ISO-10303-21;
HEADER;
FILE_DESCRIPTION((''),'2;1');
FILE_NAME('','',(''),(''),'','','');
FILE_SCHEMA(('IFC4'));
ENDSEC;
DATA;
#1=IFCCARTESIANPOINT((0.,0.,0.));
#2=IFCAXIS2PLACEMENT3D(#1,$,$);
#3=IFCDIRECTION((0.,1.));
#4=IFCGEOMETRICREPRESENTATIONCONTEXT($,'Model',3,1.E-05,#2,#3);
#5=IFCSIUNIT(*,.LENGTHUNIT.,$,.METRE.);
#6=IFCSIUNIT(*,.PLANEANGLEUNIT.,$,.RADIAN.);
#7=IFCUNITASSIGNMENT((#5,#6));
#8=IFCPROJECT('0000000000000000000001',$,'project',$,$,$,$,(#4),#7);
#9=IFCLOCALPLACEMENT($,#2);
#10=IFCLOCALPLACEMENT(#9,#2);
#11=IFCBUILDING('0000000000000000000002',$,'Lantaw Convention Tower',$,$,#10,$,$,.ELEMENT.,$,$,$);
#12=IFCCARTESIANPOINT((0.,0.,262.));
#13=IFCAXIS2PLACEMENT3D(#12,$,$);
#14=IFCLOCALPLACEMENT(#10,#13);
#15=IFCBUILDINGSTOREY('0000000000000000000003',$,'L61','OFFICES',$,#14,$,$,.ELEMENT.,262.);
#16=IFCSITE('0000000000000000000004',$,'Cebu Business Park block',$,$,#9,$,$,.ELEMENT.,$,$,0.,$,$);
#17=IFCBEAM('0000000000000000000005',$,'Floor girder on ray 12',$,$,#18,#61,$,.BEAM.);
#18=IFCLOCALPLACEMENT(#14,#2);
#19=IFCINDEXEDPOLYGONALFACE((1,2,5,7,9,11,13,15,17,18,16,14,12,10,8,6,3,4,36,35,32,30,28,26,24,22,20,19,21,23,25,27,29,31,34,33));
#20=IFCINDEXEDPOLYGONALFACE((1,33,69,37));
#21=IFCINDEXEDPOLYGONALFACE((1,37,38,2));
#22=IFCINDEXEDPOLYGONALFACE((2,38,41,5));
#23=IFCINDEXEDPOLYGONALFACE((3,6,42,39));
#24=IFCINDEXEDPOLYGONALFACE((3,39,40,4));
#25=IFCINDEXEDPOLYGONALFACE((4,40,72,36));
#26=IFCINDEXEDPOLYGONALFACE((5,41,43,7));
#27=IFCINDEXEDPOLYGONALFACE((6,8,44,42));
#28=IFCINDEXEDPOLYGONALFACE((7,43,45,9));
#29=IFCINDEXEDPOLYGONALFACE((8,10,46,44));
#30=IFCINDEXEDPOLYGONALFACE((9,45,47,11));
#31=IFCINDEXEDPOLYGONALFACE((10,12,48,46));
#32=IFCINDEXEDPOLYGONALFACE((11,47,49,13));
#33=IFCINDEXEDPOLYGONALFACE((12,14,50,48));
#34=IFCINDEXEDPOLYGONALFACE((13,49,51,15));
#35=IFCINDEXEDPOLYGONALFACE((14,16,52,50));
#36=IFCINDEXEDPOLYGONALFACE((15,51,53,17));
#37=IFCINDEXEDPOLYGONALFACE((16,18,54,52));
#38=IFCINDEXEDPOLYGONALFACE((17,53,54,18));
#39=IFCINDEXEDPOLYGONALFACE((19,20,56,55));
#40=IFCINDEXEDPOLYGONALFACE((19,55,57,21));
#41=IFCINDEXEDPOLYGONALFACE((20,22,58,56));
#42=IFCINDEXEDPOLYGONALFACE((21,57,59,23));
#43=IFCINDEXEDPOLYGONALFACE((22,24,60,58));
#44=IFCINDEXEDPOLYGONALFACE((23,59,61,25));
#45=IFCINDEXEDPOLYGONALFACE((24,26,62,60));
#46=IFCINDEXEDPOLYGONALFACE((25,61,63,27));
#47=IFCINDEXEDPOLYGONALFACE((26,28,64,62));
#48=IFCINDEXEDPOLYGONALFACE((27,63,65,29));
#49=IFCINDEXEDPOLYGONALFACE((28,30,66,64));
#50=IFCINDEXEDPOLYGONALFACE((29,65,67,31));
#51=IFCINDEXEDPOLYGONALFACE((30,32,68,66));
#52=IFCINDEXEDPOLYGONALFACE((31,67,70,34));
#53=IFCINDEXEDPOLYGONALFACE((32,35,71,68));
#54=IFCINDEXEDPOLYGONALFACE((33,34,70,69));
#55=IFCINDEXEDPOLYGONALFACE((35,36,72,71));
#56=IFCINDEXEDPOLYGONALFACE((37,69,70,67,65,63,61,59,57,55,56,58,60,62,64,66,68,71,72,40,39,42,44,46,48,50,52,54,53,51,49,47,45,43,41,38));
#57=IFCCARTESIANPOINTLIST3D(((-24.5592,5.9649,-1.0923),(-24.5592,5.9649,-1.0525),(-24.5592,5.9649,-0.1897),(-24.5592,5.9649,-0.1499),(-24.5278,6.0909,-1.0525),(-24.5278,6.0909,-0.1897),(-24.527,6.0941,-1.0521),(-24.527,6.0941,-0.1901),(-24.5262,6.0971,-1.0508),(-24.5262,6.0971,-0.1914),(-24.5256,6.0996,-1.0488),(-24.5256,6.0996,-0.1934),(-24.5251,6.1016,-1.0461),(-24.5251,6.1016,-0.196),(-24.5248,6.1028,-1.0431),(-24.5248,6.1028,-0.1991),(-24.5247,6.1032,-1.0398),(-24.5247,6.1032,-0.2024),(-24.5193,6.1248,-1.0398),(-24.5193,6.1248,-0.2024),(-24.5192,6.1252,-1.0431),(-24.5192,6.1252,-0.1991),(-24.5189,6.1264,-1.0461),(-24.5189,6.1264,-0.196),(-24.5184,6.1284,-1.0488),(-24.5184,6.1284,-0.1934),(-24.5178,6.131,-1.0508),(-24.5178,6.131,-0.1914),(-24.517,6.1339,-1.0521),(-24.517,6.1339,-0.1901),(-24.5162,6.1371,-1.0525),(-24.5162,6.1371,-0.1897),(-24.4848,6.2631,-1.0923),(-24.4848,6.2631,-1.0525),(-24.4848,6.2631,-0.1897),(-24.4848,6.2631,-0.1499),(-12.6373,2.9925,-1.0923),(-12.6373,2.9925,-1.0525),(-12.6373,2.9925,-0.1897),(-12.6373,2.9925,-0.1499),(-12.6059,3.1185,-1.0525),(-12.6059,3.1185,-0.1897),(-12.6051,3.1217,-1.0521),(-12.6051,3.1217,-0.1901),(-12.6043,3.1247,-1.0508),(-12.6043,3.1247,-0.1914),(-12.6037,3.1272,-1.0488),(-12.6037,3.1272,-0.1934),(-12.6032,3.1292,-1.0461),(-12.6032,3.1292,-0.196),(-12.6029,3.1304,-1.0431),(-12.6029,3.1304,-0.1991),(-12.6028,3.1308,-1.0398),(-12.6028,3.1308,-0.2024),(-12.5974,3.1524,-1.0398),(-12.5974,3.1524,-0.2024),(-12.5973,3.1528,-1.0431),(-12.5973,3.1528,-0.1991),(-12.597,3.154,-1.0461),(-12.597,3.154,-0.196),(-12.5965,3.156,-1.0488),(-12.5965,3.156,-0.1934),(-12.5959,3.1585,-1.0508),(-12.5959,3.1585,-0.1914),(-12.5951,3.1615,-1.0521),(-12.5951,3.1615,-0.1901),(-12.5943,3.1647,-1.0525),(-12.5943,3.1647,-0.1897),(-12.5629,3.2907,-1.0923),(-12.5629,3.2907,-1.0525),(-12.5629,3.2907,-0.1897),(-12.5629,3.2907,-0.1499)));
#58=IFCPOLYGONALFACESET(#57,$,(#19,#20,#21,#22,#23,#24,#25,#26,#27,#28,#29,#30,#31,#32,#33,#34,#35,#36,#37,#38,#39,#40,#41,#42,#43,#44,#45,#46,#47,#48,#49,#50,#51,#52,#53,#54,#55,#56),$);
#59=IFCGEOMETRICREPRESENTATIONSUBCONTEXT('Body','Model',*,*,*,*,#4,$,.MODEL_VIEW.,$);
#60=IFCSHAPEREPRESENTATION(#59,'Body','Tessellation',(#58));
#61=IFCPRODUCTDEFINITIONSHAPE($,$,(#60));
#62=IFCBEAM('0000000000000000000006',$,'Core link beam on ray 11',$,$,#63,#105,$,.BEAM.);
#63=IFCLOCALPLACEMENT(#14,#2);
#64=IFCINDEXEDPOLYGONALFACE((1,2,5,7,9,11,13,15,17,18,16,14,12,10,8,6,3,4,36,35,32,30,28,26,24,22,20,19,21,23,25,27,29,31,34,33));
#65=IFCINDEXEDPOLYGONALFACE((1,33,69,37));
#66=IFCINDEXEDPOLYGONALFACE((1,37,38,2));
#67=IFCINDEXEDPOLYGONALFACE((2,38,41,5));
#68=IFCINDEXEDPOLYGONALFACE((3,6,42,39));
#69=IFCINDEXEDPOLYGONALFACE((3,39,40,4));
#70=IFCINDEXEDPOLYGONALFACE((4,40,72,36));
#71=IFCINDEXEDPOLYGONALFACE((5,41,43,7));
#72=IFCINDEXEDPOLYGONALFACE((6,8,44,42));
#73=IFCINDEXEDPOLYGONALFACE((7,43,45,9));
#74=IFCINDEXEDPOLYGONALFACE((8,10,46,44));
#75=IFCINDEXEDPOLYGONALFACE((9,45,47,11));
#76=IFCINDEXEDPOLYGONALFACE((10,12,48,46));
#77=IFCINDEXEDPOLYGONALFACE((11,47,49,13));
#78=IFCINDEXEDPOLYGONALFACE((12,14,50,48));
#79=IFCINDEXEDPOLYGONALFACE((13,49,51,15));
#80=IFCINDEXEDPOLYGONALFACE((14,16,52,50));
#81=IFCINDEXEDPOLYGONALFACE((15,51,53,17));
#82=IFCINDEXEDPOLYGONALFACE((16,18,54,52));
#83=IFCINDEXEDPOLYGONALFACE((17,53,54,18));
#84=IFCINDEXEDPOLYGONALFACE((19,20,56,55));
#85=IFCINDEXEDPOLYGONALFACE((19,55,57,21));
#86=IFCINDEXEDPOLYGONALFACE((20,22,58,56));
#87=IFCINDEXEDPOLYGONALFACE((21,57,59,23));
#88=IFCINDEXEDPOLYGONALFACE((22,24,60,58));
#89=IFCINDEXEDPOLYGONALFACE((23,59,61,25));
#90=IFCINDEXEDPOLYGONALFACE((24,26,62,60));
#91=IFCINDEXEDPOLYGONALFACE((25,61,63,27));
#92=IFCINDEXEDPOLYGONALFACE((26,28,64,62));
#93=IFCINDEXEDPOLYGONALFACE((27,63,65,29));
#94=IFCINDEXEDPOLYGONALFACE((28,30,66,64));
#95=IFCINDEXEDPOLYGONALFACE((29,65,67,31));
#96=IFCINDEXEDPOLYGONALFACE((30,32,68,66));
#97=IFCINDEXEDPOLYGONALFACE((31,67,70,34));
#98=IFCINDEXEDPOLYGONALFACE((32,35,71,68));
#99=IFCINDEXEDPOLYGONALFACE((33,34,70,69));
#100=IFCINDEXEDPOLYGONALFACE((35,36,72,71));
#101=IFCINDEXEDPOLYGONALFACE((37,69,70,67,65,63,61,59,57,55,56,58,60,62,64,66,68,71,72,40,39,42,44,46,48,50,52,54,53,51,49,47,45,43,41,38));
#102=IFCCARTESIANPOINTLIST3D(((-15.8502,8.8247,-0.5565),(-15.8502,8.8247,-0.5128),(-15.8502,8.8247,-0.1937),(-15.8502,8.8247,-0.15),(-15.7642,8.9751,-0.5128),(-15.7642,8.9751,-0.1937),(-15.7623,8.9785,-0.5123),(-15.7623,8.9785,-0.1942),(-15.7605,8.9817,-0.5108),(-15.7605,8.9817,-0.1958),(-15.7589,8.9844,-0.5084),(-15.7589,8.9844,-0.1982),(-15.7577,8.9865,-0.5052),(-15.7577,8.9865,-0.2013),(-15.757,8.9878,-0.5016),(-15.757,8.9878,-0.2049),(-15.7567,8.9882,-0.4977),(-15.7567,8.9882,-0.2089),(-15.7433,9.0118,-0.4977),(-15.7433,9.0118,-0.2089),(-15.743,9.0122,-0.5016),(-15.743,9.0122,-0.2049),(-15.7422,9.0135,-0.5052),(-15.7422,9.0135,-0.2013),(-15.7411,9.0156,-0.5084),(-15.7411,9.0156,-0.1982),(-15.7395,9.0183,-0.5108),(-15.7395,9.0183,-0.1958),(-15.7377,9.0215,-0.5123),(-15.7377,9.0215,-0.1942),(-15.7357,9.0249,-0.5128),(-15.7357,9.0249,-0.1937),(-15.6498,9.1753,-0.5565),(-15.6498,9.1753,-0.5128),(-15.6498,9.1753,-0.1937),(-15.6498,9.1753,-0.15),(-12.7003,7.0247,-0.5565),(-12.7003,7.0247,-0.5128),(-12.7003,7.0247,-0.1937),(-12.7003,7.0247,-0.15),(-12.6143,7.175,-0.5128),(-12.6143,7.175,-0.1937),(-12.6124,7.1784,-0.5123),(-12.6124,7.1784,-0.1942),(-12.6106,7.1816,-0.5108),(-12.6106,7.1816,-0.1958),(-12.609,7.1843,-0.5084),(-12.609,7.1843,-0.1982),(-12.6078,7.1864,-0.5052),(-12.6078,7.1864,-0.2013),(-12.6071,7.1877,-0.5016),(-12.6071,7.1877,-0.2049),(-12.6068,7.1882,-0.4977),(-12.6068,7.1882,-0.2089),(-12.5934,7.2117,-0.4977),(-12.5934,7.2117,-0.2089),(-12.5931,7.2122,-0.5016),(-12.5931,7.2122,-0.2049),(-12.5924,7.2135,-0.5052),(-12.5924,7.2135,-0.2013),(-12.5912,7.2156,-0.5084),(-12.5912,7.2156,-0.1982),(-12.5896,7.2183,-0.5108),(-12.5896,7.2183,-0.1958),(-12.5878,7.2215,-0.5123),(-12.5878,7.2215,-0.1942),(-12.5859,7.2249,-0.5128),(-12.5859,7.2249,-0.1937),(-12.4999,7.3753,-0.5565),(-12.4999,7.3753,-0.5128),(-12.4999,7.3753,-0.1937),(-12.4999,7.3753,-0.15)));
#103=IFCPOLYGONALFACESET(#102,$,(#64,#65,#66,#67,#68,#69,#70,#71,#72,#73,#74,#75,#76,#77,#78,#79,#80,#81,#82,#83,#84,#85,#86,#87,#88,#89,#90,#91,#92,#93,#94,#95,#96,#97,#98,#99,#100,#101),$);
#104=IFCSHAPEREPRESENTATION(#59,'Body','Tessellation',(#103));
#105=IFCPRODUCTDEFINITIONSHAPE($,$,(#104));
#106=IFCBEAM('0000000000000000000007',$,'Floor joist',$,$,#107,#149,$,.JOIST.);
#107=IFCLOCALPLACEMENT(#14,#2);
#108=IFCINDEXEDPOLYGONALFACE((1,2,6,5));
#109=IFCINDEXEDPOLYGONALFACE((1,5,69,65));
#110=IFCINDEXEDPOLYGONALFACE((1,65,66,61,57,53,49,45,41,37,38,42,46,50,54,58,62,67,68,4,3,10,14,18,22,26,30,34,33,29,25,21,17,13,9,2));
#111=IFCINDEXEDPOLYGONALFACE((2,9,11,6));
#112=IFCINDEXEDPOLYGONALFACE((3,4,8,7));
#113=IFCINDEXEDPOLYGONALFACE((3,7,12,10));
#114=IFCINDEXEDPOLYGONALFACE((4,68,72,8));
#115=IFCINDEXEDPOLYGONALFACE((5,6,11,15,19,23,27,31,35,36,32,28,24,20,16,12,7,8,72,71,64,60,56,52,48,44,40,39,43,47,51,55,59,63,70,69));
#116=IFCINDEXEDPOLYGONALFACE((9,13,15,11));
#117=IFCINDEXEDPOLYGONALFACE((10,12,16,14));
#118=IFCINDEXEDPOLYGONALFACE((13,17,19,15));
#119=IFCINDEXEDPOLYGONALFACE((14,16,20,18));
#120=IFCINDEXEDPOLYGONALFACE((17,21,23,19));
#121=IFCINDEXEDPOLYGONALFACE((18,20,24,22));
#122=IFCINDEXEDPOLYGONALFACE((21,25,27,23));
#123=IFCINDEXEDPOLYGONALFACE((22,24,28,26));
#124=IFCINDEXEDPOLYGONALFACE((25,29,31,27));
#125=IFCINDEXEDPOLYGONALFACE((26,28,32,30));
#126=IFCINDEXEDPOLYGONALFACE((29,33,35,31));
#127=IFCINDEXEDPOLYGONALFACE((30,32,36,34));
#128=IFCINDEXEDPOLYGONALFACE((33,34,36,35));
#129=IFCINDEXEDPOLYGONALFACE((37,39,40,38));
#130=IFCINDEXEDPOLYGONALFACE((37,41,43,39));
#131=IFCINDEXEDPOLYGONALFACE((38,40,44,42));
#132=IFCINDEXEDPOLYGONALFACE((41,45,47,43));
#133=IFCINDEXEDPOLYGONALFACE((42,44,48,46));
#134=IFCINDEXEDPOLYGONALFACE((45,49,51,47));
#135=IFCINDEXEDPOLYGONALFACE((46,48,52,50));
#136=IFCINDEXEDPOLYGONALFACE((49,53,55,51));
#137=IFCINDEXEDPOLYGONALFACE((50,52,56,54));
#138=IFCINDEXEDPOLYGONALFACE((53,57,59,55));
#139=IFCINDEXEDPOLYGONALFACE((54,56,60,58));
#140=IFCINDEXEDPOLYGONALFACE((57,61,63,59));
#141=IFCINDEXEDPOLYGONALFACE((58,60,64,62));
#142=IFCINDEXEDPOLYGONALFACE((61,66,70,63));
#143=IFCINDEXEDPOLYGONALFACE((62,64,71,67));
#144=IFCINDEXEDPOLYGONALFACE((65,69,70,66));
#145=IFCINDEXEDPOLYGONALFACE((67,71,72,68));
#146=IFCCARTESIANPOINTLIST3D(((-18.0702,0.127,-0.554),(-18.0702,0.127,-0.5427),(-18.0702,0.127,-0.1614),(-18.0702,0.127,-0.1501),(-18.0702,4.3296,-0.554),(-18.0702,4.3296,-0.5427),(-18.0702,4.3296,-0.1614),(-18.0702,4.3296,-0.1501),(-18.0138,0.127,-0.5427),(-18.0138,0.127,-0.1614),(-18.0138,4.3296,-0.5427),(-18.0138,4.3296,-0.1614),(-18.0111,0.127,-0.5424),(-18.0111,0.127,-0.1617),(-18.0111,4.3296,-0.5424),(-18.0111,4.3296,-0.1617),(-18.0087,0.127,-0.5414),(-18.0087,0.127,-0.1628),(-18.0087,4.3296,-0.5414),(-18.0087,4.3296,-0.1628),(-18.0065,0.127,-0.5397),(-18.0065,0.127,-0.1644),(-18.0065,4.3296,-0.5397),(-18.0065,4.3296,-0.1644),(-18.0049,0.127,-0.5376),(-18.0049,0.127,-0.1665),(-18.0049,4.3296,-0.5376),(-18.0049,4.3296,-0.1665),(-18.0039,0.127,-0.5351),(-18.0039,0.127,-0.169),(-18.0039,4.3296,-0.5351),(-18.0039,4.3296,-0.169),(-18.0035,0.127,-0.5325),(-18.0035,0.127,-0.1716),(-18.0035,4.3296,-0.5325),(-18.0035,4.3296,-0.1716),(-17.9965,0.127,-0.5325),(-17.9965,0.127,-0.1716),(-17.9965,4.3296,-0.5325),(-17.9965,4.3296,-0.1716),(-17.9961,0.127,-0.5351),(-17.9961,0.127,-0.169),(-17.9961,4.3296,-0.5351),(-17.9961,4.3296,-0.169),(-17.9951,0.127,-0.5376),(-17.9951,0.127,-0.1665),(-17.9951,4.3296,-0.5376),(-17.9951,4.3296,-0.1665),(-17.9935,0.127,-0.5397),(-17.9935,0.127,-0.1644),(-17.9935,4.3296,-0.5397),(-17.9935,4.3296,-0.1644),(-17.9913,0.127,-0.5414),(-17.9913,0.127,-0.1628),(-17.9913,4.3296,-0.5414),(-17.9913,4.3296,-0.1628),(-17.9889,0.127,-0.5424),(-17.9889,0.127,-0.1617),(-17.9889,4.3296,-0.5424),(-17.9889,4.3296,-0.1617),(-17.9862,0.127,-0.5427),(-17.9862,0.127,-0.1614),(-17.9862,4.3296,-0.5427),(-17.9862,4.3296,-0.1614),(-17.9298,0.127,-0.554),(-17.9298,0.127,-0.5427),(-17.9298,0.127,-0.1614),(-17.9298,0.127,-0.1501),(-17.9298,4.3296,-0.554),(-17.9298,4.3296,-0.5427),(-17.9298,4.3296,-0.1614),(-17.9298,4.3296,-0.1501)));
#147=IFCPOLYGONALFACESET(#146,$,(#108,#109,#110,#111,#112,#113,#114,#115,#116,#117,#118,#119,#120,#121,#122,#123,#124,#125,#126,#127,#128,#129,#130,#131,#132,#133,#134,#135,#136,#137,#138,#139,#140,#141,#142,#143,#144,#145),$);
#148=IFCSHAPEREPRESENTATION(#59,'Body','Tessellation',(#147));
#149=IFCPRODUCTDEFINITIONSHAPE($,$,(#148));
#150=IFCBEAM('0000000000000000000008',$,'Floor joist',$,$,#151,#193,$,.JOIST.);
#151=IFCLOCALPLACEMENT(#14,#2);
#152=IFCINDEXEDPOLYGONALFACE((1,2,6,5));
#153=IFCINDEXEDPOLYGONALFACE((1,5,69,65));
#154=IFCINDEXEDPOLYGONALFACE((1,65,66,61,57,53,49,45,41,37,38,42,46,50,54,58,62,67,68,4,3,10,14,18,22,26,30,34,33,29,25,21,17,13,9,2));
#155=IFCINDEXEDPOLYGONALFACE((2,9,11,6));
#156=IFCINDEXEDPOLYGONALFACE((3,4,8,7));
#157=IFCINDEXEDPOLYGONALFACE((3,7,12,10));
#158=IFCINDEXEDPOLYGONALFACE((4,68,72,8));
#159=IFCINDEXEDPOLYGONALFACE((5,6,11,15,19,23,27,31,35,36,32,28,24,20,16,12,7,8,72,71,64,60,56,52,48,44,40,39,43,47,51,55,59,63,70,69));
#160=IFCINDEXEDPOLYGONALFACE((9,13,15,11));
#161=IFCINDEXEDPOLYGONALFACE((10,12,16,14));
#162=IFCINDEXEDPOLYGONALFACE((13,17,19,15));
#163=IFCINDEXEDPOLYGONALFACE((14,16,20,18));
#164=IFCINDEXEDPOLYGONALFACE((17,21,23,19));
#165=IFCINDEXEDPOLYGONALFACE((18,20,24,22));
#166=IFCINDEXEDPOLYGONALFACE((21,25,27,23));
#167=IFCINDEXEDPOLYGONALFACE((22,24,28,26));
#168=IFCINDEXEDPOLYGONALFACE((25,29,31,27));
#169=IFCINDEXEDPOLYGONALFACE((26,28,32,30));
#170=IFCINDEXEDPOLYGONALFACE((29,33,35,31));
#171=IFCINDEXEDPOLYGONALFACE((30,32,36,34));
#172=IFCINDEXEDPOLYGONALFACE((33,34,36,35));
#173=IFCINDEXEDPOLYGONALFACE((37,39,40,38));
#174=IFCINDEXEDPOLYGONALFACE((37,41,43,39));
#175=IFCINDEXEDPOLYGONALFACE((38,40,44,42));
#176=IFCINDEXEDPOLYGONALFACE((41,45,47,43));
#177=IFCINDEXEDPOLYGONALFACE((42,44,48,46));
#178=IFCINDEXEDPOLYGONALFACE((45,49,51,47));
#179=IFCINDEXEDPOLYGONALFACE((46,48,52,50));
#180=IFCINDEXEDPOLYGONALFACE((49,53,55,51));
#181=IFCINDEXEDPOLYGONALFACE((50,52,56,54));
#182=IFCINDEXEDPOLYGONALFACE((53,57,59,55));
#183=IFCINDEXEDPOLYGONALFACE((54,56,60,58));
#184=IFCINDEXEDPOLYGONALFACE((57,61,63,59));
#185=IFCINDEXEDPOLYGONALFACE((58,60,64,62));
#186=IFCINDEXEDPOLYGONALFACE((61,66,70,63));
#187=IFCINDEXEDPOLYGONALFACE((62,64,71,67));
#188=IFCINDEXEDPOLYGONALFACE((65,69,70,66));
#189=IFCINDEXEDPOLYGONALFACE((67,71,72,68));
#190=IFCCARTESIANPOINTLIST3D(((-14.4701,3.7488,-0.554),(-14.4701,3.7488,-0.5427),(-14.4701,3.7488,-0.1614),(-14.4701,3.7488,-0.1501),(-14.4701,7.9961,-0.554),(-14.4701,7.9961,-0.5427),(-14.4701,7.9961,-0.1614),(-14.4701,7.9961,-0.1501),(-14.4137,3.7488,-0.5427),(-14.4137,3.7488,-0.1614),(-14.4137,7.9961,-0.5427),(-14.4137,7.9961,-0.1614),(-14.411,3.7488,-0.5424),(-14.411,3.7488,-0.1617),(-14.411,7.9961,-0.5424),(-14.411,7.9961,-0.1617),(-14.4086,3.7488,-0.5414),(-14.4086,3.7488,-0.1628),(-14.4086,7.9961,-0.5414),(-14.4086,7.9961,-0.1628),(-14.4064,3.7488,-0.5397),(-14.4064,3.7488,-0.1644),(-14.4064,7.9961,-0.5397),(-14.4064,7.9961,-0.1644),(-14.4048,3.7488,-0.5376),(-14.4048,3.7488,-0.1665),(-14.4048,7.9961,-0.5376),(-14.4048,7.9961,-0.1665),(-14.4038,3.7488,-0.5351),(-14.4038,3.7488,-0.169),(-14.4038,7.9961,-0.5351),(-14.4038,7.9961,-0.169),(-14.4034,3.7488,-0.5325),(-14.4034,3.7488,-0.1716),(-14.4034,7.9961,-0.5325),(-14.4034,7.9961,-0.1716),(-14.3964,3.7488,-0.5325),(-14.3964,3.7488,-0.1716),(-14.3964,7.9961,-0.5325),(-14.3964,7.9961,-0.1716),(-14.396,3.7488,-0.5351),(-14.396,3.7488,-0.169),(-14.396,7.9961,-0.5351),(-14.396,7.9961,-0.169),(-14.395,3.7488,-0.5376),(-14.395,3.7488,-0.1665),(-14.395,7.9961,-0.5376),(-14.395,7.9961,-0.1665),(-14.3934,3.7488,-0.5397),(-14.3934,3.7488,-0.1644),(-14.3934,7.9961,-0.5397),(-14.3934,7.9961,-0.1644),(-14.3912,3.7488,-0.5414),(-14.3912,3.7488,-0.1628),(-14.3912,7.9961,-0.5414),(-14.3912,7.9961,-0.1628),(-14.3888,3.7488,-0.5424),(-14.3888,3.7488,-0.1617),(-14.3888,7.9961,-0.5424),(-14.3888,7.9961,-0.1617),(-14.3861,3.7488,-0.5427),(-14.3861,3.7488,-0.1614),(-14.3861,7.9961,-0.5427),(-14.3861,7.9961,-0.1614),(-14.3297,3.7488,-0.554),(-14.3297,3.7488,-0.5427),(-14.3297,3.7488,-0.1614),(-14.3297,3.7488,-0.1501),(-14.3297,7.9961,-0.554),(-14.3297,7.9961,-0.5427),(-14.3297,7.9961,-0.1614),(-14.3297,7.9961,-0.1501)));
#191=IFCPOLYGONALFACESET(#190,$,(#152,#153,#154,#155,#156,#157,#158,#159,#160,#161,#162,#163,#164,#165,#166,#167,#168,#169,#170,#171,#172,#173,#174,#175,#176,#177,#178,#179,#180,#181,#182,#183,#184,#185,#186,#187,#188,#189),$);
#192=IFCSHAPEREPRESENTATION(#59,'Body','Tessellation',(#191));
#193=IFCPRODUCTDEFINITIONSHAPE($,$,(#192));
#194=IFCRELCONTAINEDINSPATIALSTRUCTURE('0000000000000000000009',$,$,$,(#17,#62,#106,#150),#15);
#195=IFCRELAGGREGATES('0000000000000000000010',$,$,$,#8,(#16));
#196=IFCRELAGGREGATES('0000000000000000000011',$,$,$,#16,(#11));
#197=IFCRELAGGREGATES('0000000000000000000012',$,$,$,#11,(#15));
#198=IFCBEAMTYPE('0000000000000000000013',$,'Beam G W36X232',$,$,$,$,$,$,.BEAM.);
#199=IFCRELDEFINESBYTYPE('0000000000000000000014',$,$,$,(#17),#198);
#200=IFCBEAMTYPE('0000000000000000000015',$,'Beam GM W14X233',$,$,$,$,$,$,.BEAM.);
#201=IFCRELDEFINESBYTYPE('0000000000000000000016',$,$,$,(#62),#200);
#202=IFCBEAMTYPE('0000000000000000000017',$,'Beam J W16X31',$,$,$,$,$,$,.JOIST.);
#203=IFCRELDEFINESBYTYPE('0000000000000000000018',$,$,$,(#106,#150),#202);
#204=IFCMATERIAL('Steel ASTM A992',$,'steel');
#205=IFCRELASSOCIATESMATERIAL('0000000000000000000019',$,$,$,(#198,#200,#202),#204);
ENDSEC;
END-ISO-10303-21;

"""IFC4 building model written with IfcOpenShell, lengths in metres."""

from ifc_helpers import new_model, si_unit, direction, frame, origin, origin_2d, place, context, subcontext, project, spatial, i_section, extrude, material, material_profile, profile_set, type_object, element, save


model = new_model("IFC4")

# Units and contexts
model_context = context("Model", 3, precision=1e-05, world=origin(), true_north=direction((0.0, 1.0)))
body_context = subcontext(model_context, "Body", "Model", "MODEL_VIEW")
ifc_project = project(units=[si_unit("LENGTHUNIT", "METRE"), si_unit("PLANEANGLEUNIT", "RADIAN")], contexts=[model_context])

# Site, building, storey
site_placement = place(None, origin())
site = spatial("IfcSite", under=ifc_project, at=site_placement, Name="Cebu Business Park block", CompositionType="ELEMENT", RefElevation=0.0)
building_placement = place(site_placement, origin())
building = spatial("IfcBuilding", under=site, at=building_placement, Name="Lantaw Convention Tower", CompositionType="ELEMENT")
storey_placement = place(building_placement, frame((0.0, 0.0, 262.0)))
storey = spatial("IfcBuildingStorey", under=building, at=storey_placement, Name="L61", Description="OFFICES", CompositionType="ELEMENT", Elevation=262.0)

# Beams
ifc_material_1 = material(Name="Steel ASTM A992", Category="steel")
ifc_material_profile_1 = material_profile(ifc_material_1, i_section(OverallWidth=0.3074, OverallDepth=0.9424, WebThickness=0.0222, FlangeThickness=0.0398, FilletRadius=0.0127, at=origin_2d()), Name="W36X232")
ifc_profile_set_1 = profile_set([ifc_material_profile_1], Name="Steel ASTM A992")
beam_type_1 = type_object("IfcBeamType", Name="Beam G W36X232", PredefinedType="BEAM", material=ifc_profile_set_1)
beam_1_placement = place(storey_placement, frame((-12.6001, 3.1416, -0.6211), z_axis=(-0.970297, 0.241918, 0.0), x_axis=(-0.241918, -0.970297, 0.0)))
element("IfcBeam", 1, at=beam_1_placement, inside=storey, type_object=beam_type_1, Name="Floor girder on ray 12", PredefinedType="BEAM", context=body_context, shape_type="SweptSolid", body=[
    extrude(i_section(OverallWidth=0.3074, OverallDepth=0.9424, WebThickness=0.0222, FlangeThickness=0.0398, FilletRadius=0.0127, at=origin_2d()), origin(), (0.0, 0.0, 1.0), 12.2869),
])
ifc_material_profile_2 = material_profile(ifc_material_1, i_section(OverallWidth=0.4038, OverallDepth=0.4065, WebThickness=0.0271, FlangeThickness=0.0437, FilletRadius=0.0151, at=origin_2d()), Name="W14X233")
ifc_profile_set_2 = profile_set([ifc_material_profile_2], Name="Steel ASTM A992")
beam_type_2 = type_object("IfcBeamType", Name="Beam GM W14X233", PredefinedType="BEAM", material=ifc_profile_set_2)
beam_2_placement = place(storey_placement, frame((-12.6001, 7.2, -0.3533), z_axis=(-0.868231, 0.496161, 0.0), x_axis=(-0.496161, -0.868231, 0.0)))
element("IfcBeam", 2, at=beam_2_placement, inside=storey, type_object=beam_type_2, Name="Core link beam on ray 11", PredefinedType="BEAM", context=body_context, shape_type="SweptSolid", body=[
    extrude(i_section(OverallWidth=0.4038, OverallDepth=0.4065, WebThickness=0.0271, FlangeThickness=0.0437, FilletRadius=0.0151, at=origin_2d()), origin(), (0.0, 0.0, 1.0), 3.6279),
])
ifc_material_profile_3 = material_profile(ifc_material_1, i_section(OverallWidth=0.1404, OverallDepth=0.4038, WebThickness=0.0071, FlangeThickness=0.0112, FilletRadius=0.0103, at=origin_2d()), Name="W16X31")
ifc_profile_set_3 = profile_set([ifc_material_profile_3], Name="Steel ASTM A992")
beam_type_3 = type_object("IfcBeamType", Name="Beam J W16X31", PredefinedType="JOIST", material=ifc_profile_set_3)
beam_3_placement = place(storey_placement, frame((-18.0, 0.127, -0.3521), z_axis=(0.0, 1.0, 0.0), x_axis=(-1.0, 0.0, 0.0)))
element("IfcBeam", 3, at=beam_3_placement, inside=storey, type_object=beam_type_3, Name="Floor joist", PredefinedType="JOIST", context=body_context, shape_type="SweptSolid", body=[
    extrude(i_section(OverallWidth=0.1404, OverallDepth=0.4038, WebThickness=0.0071, FlangeThickness=0.0112, FilletRadius=0.0103, at=origin_2d()), origin(), (0.0, 0.0, 1.0), 4.2026),
])
beam_4_placement = place(storey_placement, frame((-14.3999, 3.7488, -0.3521), z_axis=(0.0, 1.0, 0.0), x_axis=(-1.0, 0.0, 0.0)))
element("IfcBeam", 4, at=beam_4_placement, inside=storey, type_object=beam_type_3, Name="Floor joist", PredefinedType="JOIST", context=body_context, shape_type="SweptSolid", body=[
    extrude(i_section(OverallWidth=0.1404, OverallDepth=0.4038, WebThickness=0.0071, FlangeThickness=0.0112, FilletRadius=0.0103, at=origin_2d()), origin(), (0.0, 0.0, 1.0), 4.2473),
])

save(model, "model.ifc")
